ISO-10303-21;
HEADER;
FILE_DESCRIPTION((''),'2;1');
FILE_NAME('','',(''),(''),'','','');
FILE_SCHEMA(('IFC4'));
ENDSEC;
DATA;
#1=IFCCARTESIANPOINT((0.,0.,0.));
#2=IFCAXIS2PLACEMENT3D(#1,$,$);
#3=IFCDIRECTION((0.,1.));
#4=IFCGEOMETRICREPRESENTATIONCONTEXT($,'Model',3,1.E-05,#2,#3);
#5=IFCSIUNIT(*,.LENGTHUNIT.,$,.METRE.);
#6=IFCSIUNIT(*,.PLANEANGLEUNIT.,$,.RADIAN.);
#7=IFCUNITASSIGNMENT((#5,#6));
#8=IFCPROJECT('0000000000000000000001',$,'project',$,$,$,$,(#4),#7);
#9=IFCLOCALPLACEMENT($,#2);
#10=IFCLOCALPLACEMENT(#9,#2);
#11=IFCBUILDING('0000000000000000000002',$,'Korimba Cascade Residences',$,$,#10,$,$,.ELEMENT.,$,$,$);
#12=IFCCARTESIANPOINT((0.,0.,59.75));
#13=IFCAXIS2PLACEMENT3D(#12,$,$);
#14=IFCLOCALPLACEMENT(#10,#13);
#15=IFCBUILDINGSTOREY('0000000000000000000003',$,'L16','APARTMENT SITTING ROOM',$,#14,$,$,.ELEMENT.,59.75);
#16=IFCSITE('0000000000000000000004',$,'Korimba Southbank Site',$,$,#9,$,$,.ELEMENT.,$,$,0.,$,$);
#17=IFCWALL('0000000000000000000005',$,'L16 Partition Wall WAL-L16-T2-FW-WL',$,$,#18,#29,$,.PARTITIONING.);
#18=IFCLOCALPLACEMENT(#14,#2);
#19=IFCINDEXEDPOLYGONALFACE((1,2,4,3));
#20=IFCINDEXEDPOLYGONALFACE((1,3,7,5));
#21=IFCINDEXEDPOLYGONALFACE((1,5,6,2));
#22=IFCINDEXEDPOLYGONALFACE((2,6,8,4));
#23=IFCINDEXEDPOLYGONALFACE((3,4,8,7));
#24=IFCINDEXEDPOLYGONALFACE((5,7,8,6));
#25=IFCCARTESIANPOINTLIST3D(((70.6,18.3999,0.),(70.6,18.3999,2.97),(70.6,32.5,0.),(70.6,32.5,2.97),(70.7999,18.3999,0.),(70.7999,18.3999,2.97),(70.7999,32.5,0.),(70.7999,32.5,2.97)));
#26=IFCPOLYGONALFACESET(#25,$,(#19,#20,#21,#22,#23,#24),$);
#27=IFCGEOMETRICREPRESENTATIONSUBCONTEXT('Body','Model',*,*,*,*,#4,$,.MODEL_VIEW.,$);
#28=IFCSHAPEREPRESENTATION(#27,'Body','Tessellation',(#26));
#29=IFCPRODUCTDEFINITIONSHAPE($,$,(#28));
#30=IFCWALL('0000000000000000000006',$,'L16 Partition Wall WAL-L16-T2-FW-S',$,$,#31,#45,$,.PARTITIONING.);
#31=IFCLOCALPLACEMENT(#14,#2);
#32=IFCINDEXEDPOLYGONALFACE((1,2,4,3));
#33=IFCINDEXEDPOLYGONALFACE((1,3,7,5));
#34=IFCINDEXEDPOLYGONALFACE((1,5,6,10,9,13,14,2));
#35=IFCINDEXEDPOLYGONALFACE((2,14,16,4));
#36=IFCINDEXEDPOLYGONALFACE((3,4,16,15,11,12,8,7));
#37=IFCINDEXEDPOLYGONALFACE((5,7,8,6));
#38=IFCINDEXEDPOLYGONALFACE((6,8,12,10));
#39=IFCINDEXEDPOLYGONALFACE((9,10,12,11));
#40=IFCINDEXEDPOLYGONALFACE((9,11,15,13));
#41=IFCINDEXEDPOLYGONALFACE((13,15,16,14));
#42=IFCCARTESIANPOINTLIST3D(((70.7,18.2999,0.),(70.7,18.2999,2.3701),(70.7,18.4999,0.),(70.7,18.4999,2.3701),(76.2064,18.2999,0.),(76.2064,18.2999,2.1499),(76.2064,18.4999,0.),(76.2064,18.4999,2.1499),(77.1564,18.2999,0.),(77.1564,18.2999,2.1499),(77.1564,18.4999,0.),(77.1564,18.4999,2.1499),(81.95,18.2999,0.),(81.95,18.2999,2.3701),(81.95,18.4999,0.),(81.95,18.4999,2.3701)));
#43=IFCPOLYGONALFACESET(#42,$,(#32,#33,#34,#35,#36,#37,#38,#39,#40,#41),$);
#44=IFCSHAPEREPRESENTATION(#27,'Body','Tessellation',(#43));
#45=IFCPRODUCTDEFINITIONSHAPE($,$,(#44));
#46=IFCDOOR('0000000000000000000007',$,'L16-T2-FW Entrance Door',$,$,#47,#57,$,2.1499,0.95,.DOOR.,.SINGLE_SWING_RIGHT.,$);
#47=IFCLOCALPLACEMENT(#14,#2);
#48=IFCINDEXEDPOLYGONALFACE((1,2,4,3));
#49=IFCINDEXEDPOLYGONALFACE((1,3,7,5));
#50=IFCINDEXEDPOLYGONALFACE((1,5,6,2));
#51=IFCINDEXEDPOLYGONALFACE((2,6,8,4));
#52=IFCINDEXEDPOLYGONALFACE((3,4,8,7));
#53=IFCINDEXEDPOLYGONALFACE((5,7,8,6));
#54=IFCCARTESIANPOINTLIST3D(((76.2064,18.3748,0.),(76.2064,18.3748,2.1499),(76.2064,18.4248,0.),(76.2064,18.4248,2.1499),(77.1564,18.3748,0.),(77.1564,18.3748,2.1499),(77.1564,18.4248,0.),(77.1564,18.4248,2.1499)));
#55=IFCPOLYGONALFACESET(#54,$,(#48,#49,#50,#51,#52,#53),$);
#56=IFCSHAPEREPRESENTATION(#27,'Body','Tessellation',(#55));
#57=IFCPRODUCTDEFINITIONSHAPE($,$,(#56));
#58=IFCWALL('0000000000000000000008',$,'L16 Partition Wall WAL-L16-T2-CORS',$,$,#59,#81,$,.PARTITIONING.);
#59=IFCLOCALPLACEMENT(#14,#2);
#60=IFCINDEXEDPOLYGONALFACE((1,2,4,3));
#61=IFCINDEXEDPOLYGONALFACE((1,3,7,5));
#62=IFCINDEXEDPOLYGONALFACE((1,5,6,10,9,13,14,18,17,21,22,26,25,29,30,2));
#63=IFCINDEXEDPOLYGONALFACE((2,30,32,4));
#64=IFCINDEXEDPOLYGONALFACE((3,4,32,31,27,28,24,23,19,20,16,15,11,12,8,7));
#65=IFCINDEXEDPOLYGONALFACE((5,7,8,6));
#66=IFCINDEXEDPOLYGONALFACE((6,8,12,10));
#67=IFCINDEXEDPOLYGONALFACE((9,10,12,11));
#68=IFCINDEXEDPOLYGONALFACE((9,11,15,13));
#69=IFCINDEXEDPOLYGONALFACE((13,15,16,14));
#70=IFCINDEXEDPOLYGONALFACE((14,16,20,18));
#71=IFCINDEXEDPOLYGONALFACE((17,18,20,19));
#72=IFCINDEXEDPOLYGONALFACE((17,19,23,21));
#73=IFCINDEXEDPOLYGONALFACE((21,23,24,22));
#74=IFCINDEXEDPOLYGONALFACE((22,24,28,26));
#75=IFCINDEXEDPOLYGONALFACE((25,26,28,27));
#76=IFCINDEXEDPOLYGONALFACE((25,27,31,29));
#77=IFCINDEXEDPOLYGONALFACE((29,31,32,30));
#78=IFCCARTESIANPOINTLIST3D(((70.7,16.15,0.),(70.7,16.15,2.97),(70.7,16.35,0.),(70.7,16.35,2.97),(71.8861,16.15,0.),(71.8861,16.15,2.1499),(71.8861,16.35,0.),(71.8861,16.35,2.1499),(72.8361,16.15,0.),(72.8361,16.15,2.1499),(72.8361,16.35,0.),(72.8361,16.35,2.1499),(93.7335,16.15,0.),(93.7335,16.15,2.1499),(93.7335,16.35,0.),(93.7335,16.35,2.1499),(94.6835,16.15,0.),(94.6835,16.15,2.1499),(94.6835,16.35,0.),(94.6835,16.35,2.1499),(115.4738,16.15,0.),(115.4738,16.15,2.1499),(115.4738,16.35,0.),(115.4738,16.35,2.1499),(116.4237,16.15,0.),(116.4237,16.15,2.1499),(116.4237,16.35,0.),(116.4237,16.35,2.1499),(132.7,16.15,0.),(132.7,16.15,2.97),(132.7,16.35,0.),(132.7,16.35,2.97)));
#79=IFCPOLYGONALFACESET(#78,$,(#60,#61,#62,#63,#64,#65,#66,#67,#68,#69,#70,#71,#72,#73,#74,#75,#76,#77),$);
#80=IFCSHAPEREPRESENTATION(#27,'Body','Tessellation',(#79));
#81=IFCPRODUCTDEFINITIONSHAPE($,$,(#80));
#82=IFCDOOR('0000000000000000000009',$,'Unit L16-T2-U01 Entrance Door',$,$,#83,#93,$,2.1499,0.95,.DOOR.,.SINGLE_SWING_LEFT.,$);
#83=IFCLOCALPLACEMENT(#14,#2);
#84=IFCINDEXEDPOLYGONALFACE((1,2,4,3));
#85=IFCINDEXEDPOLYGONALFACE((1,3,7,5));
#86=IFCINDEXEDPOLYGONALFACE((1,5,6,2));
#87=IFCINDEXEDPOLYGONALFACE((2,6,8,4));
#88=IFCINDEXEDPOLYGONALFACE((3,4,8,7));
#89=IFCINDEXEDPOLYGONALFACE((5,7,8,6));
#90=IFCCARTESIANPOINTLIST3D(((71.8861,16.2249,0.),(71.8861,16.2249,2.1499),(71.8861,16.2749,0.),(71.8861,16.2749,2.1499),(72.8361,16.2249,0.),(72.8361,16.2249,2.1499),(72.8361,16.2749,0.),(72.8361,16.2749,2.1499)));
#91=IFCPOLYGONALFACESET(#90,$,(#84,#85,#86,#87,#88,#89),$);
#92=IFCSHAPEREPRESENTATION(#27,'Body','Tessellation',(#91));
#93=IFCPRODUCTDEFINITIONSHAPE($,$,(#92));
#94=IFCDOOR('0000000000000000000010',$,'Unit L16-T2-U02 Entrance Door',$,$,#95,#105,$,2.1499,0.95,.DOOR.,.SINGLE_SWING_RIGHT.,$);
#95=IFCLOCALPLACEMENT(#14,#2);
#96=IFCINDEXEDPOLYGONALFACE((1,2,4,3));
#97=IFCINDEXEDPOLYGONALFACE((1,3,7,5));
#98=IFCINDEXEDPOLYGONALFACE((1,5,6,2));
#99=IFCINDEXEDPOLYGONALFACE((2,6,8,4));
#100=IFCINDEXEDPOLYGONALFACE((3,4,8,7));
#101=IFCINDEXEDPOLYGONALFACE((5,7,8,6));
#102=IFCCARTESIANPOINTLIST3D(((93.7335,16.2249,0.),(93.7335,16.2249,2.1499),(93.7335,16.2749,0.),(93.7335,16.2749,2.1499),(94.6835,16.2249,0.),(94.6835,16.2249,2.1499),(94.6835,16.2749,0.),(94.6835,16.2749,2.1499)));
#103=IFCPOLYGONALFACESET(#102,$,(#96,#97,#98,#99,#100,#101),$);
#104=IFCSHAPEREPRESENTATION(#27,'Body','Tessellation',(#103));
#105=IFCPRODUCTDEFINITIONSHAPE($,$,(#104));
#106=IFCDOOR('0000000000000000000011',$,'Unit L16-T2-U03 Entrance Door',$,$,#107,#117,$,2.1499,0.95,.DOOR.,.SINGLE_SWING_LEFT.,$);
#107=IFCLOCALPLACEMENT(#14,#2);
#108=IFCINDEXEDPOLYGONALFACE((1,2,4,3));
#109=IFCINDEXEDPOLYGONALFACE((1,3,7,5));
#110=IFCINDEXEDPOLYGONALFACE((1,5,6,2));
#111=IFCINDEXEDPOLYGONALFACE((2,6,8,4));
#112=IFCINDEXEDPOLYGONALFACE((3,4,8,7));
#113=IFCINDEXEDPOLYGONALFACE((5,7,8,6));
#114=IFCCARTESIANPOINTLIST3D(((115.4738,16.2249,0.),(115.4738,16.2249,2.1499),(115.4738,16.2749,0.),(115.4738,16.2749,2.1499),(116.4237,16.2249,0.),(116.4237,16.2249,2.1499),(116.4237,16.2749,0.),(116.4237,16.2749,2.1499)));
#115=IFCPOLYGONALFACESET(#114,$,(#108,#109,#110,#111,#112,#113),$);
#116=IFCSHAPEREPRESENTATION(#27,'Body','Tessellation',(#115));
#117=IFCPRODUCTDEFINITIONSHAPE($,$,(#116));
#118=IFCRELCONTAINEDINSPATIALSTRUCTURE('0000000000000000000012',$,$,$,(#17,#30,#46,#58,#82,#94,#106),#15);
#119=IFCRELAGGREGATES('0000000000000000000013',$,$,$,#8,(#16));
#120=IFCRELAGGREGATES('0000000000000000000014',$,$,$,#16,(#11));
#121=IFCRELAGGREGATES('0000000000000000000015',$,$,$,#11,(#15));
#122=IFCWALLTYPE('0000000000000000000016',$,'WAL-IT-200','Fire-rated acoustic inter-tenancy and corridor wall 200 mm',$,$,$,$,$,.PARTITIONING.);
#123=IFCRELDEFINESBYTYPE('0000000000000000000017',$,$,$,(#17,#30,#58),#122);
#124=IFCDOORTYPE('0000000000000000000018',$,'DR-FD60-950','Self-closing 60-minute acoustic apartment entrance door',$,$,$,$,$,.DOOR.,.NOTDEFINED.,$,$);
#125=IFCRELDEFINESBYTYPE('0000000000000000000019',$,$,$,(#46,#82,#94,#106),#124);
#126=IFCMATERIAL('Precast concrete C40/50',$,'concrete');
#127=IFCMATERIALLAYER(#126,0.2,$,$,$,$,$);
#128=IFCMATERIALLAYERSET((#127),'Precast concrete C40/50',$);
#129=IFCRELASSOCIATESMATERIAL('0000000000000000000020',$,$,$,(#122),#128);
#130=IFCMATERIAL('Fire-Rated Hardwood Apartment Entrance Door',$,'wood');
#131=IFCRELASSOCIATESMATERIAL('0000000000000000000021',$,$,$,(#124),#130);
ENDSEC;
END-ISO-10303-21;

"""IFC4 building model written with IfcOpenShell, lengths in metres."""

from ifc_helpers import new_model, si_unit, direction, frame, frame_2d, origin, place, context, subcontext, project, spatial, rectangle, extrude, material, layer, layer_set, type_object, element, fill, save


model = new_model("IFC4")

# Units and contexts
model_context = context("Model", 3, precision=1e-05, world=origin(), true_north=direction((0.0, 1.0)))
body_context = subcontext(model_context, "Body", "Model", "MODEL_VIEW")
ifc_project = project(units=[si_unit("LENGTHUNIT", "METRE"), si_unit("PLANEANGLEUNIT", "RADIAN")], contexts=[model_context])

# Site, building, storey
site_placement = place(None, origin())
site = spatial("IfcSite", under=ifc_project, at=site_placement, Name="Korimba Southbank Site", CompositionType="ELEMENT", RefElevation=0.0)
building_placement = place(site_placement, origin())
building = spatial("IfcBuilding", under=site, at=building_placement, Name="Korimba Cascade Residences", CompositionType="ELEMENT")
storey_placement = place(building_placement, frame((0.0, 0.0, 59.75)))
storey = spatial("IfcBuildingStorey", under=building, at=storey_placement, Name="L16", Description="APARTMENT SITTING ROOM", CompositionType="ELEMENT", Elevation=59.75)

# Wall
ifc_material_1 = material(Name="Precast concrete C40/50", Category="concrete")
ifc_layer_1 = layer(ifc_material_1, 0.2)
ifc_layer_set_1 = layer_set([ifc_layer_1], Name="Precast concrete C40/50")
wall_type_1 = type_object("IfcWallType", Name="WAL-IT-200", Description="Fire-rated acoustic inter-tenancy and corridor wall 200 mm", PredefinedType="PARTITIONING", material=ifc_layer_set_1)
wall_1_placement = place(storey_placement, frame((70.7, 18.3999, 0.0), z_axis=(0.0, 0.0, 1.0), x_axis=(0.0, 1.0, 0.0)))
element("IfcWall", 1, at=wall_1_placement, inside=storey, type_object=wall_type_1, Name="L16 Partition Wall WAL-L16-T2-FW-WL", PredefinedType="PARTITIONING", context=body_context, shape_type="SweptSolid", body=[
    extrude(rectangle(XDim=14.1001, YDim=0.2, at=frame_2d((7.05, 0.0))), origin(), (0.0, 0.0, 1.0), 2.97),
])

# Wall, opening, door
wall_2_placement = place(storey_placement, frame((70.7, 18.3999, 0.0), z_axis=(0.0, 0.0, 1.0), x_axis=(1.0, 0.0, 0.0)))
wall_2 = element("IfcWall", 2, at=wall_2_placement, inside=storey, type_object=wall_type_1, Name="L16 Partition Wall WAL-L16-T2-FW-S", PredefinedType="PARTITIONING", context=body_context, shape_type="SweptSolid", body=[
    extrude(rectangle(XDim=11.25, YDim=0.2, at=frame_2d((5.625, 0.0))), origin(), (0.0, 0.0, 1.0), 2.3701),
])
opening_1_placement = place(wall_2_placement, frame((5.5063, 0.0, 0.0)))
opening_1 = element("IfcOpeningElement", 3, at=opening_1_placement, cuts=wall_2, PredefinedType="OPENING", context=body_context, shape_type="SweptSolid", body=[
    extrude(rectangle(XDim=0.95, YDim=2.1499, at=frame_2d((0.4751, 1.075))), frame((0.0, 0.1099, 0.0), z_axis=(0.0, -1.0, 0.0), x_axis=(1.0, 0.0, 0.0)), (0.0, 0.0, 1.0), 0.22),
])
ifc_material_2 = material(Name="Fire-Rated Hardwood Apartment Entrance Door", Category="wood")
door_type_1 = type_object("IfcDoorType", Name="DR-FD60-950", Description="Self-closing 60-minute acoustic apartment entrance door", OperationType="NOTDEFINED", PredefinedType="DOOR", material=ifc_material_2)
door_1_placement = place(opening_1_placement, origin())
door_1 = element("IfcDoor", 4, at=door_1_placement, inside=storey, type_object=door_type_1, Name="L16-T2-FW Entrance Door", OperationType="SINGLE_SWING_RIGHT", OverallHeight=2.1499, OverallWidth=0.95, PredefinedType="DOOR", context=body_context, shape_type="SweptSolid", body=[
    extrude(rectangle(XDim=0.95, YDim=2.1499, at=frame_2d((0.4751, 1.075))), frame((0.0, 0.0249, 0.0), z_axis=(0.0, -1.0, 0.0), x_axis=(1.0, 0.0, 0.0)), (0.0, 0.0, 1.0), 0.05),
])
fill(opening_1, door_1)

# Wall, openings, doors
wall_3_placement = place(storey_placement, frame((70.7, 16.25, 0.0), z_axis=(0.0, 0.0, 1.0), x_axis=(1.0, 0.0, 0.0)))
wall_3 = element("IfcWall", 5, at=wall_3_placement, inside=storey, type_object=wall_type_1, Name="L16 Partition Wall WAL-L16-T2-CORS", PredefinedType="PARTITIONING", context=body_context, shape_type="SweptSolid", body=[
    extrude(rectangle(XDim=62.0, YDim=0.2, at=frame_2d((31.0, 0.0))), origin(), (0.0, 0.0, 1.0), 2.97),
])
opening_2_placement = place(wall_3_placement, frame((1.186, 0.0, 0.0)))
opening_2 = element("IfcOpeningElement", 6, at=opening_2_placement, cuts=wall_3, PredefinedType="OPENING", context=body_context, shape_type="SweptSolid", body=[
    extrude(rectangle(XDim=0.95, YDim=2.1499, at=frame_2d((0.4751, 1.075))), frame((0.0, 0.1099, 0.0), z_axis=(0.0, -1.0, 0.0), x_axis=(1.0, 0.0, 0.0)), (0.0, 0.0, 1.0), 0.22),
])
opening_3_placement = place(wall_3_placement, frame((23.0334, 0.0, 0.0)))
opening_3 = element("IfcOpeningElement", 7, at=opening_3_placement, cuts=wall_3, PredefinedType="OPENING", context=body_context, shape_type="SweptSolid", body=[
    extrude(rectangle(XDim=0.95, YDim=2.1499, at=frame_2d((0.4751, 1.075))), frame((0.0, 0.1099, 0.0), z_axis=(0.0, -1.0, 0.0), x_axis=(1.0, 0.0, 0.0)), (0.0, 0.0, 1.0), 0.22),
])
opening_4_placement = place(wall_3_placement, frame((44.7737, 0.0, 0.0)))
opening_4 = element("IfcOpeningElement", 8, at=opening_4_placement, cuts=wall_3, PredefinedType="OPENING", context=body_context, shape_type="SweptSolid", body=[
    extrude(rectangle(XDim=0.95, YDim=2.1499, at=frame_2d((0.4751, 1.075))), frame((0.0, 0.1099, 0.0), z_axis=(0.0, -1.0, 0.0), x_axis=(1.0, 0.0, 0.0)), (0.0, 0.0, 1.0), 0.22),
])
door_2_placement = place(opening_2_placement, origin())
door_2 = element("IfcDoor", 9, at=door_2_placement, inside=storey, type_object=door_type_1, Name="Unit L16-T2-U01 Entrance Door", OperationType="SINGLE_SWING_LEFT", OverallHeight=2.1499, OverallWidth=0.95, PredefinedType="DOOR", context=body_context, shape_type="SweptSolid", body=[
    extrude(rectangle(XDim=0.95, YDim=2.1499, at=frame_2d((0.4751, 1.075))), frame((0.0, 0.0249, 0.0), z_axis=(0.0, -1.0, 0.0), x_axis=(1.0, 0.0, 0.0)), (0.0, 0.0, 1.0), 0.05),
])
fill(opening_2, door_2)
door_3_placement = place(opening_3_placement, origin())
door_3 = element("IfcDoor", 10, at=door_3_placement, inside=storey, type_object=door_type_1, Name="Unit L16-T2-U02 Entrance Door", OperationType="SINGLE_SWING_RIGHT", OverallHeight=2.1499, OverallWidth=0.95, PredefinedType="DOOR", context=body_context, shape_type="SweptSolid", body=[
    extrude(rectangle(XDim=0.95, YDim=2.1499, at=frame_2d((0.4751, 1.075))), frame((0.0, 0.0249, 0.0), z_axis=(0.0, -1.0, 0.0), x_axis=(1.0, 0.0, 0.0)), (0.0, 0.0, 1.0), 0.05),
])
fill(opening_3, door_3)
door_4_placement = place(opening_4_placement, origin())
door_4 = element("IfcDoor", 11, at=door_4_placement, inside=storey, type_object=door_type_1, Name="Unit L16-T2-U03 Entrance Door", OperationType="SINGLE_SWING_LEFT", OverallHeight=2.1499, OverallWidth=0.95, PredefinedType="DOOR", context=body_context, shape_type="SweptSolid", body=[
    extrude(rectangle(XDim=0.95, YDim=2.1499, at=frame_2d((0.4751, 1.075))), frame((0.0, 0.0249, 0.0), z_axis=(0.0, -1.0, 0.0), x_axis=(1.0, 0.0, 0.0)), (0.0, 0.0, 1.0), 0.05),
])
fill(opening_4, door_4)

save(model, "model.ifc")
